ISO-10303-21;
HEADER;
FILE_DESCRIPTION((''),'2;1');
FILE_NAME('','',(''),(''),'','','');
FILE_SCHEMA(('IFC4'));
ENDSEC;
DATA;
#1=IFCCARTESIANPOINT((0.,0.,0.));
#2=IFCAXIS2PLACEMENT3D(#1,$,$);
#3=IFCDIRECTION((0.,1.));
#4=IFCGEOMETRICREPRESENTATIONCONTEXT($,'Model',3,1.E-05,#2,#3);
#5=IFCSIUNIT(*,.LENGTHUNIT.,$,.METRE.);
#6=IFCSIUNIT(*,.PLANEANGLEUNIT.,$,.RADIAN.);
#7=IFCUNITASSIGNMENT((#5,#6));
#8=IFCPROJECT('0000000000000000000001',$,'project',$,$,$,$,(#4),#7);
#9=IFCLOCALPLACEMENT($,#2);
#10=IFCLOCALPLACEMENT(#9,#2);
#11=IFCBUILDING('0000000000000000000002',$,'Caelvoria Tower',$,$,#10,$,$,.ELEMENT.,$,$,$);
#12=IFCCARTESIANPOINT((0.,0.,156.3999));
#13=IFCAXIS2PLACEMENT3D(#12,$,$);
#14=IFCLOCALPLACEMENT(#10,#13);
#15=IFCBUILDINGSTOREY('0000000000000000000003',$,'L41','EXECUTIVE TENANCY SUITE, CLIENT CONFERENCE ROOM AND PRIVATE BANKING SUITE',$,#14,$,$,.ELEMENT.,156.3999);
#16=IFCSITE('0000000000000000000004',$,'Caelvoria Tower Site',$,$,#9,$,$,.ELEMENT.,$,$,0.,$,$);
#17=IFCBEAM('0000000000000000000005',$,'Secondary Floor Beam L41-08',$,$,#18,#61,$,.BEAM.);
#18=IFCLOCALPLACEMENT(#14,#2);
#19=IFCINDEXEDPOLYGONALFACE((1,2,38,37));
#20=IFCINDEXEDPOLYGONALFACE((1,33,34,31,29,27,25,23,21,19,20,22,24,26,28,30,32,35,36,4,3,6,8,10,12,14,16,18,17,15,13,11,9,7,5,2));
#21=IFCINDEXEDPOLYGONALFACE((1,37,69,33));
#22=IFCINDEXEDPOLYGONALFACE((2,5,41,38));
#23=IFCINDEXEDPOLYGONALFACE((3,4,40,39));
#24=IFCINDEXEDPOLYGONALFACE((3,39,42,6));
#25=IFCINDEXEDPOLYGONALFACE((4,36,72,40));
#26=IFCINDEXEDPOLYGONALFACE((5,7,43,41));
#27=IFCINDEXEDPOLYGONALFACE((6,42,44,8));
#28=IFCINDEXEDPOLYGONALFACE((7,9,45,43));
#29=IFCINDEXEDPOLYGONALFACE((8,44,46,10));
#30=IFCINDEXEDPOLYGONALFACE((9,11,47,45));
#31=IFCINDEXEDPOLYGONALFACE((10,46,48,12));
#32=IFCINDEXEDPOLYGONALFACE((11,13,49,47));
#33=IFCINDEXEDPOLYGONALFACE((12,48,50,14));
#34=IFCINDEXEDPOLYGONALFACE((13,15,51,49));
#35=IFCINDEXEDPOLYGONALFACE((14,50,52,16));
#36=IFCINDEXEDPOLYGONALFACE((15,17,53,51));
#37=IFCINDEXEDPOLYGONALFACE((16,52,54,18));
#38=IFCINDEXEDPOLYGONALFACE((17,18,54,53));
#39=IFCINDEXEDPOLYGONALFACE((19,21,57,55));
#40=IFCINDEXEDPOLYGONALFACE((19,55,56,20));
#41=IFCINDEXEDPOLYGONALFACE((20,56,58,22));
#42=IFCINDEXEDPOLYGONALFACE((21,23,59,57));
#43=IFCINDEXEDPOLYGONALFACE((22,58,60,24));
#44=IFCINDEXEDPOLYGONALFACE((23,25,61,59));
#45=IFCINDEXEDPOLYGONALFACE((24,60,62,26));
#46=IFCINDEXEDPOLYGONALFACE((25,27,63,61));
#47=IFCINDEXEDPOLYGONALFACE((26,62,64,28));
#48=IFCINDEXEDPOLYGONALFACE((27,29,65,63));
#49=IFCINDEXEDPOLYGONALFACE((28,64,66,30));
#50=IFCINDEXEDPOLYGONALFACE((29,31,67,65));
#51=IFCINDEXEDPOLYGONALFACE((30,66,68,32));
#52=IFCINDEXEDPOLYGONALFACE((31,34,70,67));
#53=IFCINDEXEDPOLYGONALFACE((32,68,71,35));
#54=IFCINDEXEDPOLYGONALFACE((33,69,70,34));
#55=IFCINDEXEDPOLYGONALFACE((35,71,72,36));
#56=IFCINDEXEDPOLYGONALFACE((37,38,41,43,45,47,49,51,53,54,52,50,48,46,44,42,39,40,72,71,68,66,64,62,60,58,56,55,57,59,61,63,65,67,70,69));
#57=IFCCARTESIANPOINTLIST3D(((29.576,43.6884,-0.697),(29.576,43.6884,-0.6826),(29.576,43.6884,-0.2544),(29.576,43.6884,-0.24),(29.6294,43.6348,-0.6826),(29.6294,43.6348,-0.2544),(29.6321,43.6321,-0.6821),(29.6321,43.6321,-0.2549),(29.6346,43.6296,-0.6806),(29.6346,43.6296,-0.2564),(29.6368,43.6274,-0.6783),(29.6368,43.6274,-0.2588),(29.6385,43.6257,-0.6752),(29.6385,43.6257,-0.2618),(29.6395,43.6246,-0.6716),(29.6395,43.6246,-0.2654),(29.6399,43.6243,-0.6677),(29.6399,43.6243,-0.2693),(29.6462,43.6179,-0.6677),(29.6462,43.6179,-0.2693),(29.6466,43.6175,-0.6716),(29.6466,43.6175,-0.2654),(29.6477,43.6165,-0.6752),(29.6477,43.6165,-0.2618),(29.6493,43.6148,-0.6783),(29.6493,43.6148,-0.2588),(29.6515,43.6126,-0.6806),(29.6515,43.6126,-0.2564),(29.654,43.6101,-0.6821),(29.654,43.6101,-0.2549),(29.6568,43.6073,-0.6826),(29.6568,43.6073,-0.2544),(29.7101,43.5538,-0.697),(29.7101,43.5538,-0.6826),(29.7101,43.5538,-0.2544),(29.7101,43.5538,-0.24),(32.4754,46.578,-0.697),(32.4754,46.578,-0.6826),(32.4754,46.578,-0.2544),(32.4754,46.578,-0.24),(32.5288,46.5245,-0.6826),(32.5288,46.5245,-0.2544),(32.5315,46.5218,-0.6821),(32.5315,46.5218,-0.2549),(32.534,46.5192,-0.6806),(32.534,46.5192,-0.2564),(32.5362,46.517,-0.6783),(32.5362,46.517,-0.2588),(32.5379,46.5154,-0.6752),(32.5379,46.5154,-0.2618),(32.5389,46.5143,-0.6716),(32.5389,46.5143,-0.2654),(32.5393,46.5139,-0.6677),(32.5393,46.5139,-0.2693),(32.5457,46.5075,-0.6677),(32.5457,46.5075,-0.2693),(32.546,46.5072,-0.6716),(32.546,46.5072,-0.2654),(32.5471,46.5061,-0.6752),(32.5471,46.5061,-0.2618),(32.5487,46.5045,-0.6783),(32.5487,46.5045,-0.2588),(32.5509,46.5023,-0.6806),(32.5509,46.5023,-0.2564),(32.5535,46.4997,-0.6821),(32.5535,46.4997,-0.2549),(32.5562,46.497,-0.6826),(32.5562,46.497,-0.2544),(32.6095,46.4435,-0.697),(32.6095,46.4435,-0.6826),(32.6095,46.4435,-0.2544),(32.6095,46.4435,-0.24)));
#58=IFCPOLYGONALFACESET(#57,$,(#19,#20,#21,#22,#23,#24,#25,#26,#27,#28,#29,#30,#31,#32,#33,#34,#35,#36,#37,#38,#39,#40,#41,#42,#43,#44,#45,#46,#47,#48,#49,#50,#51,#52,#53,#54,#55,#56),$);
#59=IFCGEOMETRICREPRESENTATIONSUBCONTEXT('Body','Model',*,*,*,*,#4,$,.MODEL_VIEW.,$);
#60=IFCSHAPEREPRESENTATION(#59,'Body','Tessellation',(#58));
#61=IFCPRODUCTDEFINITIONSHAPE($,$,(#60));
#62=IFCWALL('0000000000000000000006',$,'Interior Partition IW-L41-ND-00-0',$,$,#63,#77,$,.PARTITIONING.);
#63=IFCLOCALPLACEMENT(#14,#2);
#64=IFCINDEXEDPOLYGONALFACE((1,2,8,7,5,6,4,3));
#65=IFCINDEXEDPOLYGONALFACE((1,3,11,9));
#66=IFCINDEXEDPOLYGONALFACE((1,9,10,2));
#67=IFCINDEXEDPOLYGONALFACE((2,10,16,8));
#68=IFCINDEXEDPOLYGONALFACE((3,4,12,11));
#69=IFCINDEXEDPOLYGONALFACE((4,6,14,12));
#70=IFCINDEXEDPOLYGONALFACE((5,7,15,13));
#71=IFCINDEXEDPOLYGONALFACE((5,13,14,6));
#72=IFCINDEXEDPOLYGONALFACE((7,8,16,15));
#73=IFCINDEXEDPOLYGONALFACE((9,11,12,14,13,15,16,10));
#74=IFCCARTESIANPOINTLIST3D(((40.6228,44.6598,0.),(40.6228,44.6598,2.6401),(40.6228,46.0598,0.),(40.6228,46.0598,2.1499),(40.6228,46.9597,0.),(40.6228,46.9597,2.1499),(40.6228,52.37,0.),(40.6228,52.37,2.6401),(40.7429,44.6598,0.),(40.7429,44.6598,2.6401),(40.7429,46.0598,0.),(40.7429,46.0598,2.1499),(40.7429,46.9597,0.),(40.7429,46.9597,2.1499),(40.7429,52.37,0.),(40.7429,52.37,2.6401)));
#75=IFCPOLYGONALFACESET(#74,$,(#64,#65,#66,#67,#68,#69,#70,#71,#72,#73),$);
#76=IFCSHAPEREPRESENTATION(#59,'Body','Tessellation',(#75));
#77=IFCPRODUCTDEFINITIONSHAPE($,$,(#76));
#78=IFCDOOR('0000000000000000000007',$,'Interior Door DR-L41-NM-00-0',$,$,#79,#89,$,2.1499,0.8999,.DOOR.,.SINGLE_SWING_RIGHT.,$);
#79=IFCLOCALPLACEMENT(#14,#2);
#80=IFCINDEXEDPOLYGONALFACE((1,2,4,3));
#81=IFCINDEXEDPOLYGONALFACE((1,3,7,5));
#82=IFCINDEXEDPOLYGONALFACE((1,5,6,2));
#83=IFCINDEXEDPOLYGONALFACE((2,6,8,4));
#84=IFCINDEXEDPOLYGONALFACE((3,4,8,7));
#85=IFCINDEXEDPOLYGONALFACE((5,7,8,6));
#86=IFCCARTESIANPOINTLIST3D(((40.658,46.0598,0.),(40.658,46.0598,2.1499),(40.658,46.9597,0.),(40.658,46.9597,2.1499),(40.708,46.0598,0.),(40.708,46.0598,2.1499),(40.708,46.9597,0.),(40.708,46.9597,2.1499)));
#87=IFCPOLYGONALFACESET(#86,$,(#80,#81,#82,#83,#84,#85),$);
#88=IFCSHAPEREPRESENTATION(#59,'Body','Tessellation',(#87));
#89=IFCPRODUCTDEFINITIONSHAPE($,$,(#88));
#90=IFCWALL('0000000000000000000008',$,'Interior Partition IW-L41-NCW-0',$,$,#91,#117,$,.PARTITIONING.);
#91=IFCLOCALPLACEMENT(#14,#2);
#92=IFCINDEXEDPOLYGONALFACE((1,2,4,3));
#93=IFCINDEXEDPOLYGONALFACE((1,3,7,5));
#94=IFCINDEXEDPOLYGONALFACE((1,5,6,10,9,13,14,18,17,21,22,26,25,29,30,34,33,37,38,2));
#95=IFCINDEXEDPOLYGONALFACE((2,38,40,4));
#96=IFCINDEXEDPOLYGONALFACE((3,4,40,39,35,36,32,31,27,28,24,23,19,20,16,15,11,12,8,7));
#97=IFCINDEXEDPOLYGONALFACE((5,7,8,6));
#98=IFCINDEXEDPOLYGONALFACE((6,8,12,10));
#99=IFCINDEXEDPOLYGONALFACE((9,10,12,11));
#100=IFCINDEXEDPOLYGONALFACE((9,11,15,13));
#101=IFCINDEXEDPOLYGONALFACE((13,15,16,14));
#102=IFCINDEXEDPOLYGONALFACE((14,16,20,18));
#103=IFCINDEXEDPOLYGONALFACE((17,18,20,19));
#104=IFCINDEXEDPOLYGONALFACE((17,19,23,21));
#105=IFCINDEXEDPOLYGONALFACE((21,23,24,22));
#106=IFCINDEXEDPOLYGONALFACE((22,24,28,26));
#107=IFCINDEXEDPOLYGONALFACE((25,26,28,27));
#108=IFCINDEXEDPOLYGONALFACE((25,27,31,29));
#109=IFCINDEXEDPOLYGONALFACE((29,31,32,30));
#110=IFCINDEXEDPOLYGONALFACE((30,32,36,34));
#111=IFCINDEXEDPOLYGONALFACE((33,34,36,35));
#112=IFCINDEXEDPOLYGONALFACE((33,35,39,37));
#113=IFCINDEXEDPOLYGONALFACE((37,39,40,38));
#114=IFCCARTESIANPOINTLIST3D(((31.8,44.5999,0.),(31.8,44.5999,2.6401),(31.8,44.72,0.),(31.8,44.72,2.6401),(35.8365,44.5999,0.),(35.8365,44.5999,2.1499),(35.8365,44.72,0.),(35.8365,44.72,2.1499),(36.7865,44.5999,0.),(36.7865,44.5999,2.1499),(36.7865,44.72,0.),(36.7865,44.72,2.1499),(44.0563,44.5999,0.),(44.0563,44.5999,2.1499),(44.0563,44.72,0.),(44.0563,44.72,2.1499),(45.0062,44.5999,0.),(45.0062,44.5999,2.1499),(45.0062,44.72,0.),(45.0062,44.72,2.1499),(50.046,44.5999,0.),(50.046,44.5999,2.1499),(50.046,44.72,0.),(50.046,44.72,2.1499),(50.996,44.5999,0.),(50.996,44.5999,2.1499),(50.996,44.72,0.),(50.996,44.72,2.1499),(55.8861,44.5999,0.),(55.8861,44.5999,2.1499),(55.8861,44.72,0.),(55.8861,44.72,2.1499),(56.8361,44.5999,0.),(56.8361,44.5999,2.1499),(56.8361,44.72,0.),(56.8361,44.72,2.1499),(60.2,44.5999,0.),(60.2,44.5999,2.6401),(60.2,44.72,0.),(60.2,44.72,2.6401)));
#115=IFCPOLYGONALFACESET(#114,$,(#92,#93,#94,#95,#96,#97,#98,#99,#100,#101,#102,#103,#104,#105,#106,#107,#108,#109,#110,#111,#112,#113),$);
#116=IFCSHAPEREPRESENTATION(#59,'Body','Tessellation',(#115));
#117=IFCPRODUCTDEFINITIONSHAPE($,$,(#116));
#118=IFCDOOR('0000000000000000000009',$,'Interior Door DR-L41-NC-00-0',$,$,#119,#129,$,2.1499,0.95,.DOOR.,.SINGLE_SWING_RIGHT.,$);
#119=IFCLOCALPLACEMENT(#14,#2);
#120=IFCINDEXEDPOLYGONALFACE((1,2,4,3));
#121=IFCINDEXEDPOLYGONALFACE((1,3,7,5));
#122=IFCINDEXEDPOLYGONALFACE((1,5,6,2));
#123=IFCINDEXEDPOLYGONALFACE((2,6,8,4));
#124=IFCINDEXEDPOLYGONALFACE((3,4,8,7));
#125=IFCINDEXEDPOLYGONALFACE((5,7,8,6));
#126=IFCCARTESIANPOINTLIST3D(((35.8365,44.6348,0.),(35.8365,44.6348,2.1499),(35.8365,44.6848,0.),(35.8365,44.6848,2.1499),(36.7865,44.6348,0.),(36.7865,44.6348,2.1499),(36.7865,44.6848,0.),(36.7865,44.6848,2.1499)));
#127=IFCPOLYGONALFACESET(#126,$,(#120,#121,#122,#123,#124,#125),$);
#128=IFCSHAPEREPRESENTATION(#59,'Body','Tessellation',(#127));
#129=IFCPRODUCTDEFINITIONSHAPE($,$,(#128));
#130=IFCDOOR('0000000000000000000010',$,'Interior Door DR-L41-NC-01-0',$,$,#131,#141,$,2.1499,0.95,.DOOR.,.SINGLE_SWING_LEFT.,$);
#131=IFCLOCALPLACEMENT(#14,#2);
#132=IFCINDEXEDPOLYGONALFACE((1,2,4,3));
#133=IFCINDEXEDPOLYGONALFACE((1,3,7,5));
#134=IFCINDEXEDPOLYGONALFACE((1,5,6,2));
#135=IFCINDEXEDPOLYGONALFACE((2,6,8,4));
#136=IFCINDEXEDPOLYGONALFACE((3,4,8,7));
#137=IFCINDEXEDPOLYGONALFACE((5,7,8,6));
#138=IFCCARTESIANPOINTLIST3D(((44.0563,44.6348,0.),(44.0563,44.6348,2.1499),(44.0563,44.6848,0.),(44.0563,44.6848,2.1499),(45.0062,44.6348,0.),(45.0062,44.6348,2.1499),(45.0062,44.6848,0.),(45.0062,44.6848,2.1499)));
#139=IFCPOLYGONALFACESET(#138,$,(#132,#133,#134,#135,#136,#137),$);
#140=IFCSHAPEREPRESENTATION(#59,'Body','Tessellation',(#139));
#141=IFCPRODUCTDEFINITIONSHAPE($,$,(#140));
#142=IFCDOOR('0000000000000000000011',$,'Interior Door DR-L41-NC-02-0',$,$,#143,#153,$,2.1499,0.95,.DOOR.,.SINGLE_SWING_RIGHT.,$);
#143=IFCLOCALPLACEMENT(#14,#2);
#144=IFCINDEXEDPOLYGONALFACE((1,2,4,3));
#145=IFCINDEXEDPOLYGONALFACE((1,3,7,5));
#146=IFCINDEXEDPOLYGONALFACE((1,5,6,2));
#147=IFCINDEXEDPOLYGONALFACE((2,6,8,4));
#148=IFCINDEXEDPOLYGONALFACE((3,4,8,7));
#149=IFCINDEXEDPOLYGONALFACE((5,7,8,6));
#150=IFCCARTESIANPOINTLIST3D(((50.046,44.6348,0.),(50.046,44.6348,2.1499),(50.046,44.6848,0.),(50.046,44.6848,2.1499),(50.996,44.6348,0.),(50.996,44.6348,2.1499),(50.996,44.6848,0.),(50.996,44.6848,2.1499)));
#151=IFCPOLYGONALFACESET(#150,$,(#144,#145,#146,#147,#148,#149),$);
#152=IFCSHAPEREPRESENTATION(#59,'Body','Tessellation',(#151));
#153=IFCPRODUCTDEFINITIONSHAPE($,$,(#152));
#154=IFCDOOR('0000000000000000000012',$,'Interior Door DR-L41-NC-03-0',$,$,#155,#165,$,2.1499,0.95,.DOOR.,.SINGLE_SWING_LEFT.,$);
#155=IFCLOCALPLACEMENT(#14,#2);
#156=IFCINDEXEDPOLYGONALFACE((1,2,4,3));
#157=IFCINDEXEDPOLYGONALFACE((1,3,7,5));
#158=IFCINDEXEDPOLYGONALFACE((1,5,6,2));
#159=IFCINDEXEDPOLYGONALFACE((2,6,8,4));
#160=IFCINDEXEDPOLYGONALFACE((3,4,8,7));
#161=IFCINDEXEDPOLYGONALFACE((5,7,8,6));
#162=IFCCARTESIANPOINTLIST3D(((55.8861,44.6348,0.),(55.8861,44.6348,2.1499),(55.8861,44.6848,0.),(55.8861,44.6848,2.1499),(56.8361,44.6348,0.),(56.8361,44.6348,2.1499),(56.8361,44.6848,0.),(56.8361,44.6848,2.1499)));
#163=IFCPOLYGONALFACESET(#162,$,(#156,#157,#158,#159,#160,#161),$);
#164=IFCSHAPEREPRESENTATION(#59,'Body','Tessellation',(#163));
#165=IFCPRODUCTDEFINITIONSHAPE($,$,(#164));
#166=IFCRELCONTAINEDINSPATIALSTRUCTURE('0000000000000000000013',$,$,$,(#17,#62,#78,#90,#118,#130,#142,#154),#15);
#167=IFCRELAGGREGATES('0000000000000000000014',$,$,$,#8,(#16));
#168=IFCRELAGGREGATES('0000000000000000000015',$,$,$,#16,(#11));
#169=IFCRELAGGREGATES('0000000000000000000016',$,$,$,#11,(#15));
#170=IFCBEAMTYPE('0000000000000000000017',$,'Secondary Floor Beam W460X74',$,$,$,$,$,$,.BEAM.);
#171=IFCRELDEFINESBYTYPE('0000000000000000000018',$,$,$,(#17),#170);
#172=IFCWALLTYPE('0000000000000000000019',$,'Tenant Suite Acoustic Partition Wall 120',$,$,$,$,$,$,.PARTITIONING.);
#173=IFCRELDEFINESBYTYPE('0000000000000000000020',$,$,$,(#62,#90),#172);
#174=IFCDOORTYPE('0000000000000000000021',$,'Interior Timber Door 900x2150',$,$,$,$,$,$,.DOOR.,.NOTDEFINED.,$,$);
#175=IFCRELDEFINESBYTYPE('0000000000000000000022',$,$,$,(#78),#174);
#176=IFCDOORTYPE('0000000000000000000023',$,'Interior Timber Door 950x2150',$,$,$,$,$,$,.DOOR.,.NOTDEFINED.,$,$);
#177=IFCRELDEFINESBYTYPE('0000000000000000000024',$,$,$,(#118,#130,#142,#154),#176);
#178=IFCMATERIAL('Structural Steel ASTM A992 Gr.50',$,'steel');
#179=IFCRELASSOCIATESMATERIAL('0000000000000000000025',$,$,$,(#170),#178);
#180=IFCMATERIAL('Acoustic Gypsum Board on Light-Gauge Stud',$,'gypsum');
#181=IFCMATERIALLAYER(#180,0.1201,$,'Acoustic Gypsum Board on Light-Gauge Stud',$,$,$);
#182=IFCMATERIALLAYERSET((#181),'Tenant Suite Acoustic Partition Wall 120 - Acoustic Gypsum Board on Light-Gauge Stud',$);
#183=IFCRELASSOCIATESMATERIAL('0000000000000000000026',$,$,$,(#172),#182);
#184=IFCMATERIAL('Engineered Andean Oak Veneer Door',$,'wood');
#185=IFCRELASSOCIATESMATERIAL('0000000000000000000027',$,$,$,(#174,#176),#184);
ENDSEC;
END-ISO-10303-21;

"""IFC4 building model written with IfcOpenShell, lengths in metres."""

from ifc_helpers import new_model, si_unit, direction, frame, frame_2d, origin, origin_2d, place, context, subcontext, project, spatial, rectangle, i_section, extrude, material, layer, layer_set, material_profile, profile_set, type_object, element, fill, save


model = new_model("IFC4")

# Units and contexts
model_context = context("Model", 3, precision=1e-05, world=origin(), true_north=direction((0.0, 1.0)))
body_context = subcontext(model_context, "Body", "Model", "MODEL_VIEW")
ifc_project = project(units=[si_unit("LENGTHUNIT", "METRE"), si_unit("PLANEANGLEUNIT", "RADIAN")], contexts=[model_context])

# Site, building, storey
site_placement = place(None, origin())
site = spatial("IfcSite", under=ifc_project, at=site_placement, Name="Caelvoria Tower Site", CompositionType="ELEMENT", RefElevation=0.0)
building_placement = place(site_placement, origin())
building = spatial("IfcBuilding", under=site, at=building_placement, Name="Caelvoria Tower", CompositionType="ELEMENT")
storey_placement = place(building_placement, frame((0.0, 0.0, 156.3999)))
storey = spatial("IfcBuildingStorey", under=building, at=storey_placement, Name="L41", Description="EXECUTIVE TENANCY SUITE, CLIENT CONFERENCE ROOM AND PRIVATE BANKING SUITE", CompositionType="ELEMENT", Elevation=156.3999)

# Beam
ifc_material_1 = material(Name="Structural Steel ASTM A992 Gr.50", Category="steel")
ifc_material_profile = material_profile(ifc_material_1, i_section(OverallWidth=0.1899, OverallDepth=0.457, WebThickness=0.009, FlangeThickness=0.0144, FilletRadius=0.0149, at=origin_2d()), Name="Structural Steel ASTM A992 Gr.50")
ifc_profile_set = profile_set([ifc_material_profile], Name="W460X74 - Structural Steel ASTM A992 Gr.50")
beam_type = type_object("IfcBeamType", Name="Secondary Floor Beam W460X74", PredefinedType="BEAM", material=ifc_profile_set)
beam_placement = place(storey_placement, frame((32.5425, 46.5107, -0.4685), z_axis=(-0.708299, -0.705913, 0.0), x_axis=(0.705913, -0.708299, 0.0)))
element("IfcBeam", 1, at=beam_placement, inside=storey, type_object=beam_type, Name="Secondary Floor Beam L41-08", PredefinedType="BEAM", context=body_context, shape_type="SweptSolid", body=[
    extrude(i_section(OverallWidth=0.1899, OverallDepth=0.457, WebThickness=0.009, FlangeThickness=0.0144, FilletRadius=0.0149, at=origin_2d()), origin(), (0.0, 0.0, 1.0), 4.0935),
])

# Wall, opening, door
ifc_material_2 = material(Name="Acoustic Gypsum Board on Light-Gauge Stud", Category="gypsum")
ifc_layer_1 = layer(ifc_material_2, 0.1201, Name="Acoustic Gypsum Board on Light-Gauge Stud")
ifc_layer_set_1 = layer_set([ifc_layer_1], Name="Tenant Suite Acoustic Partition Wall 120 - Acoustic Gypsum Board on Light-Gauge Stud")
wall_type = type_object("IfcWallType", Name="Tenant Suite Acoustic Partition Wall 120", PredefinedType="PARTITIONING", material=ifc_layer_set_1)
wall_1_placement = place(storey_placement, frame((40.6829, 44.6599, 0.0), z_axis=(0.0, 0.0, 1.0), x_axis=(0.0, 1.0, 0.0)))
wall_1 = element("IfcWall", 2, at=wall_1_placement, inside=storey, type_object=wall_type, Name="Interior Partition IW-L41-ND-00-0", PredefinedType="PARTITIONING", context=body_context, shape_type="SweptSolid", body=[
    extrude(rectangle(XDim=7.7102, YDim=0.1201, at=frame_2d((3.855, 0.0))), origin(), (0.0, 0.0, 1.0), 2.6401),
])
opening_1_placement = place(wall_1_placement, frame((1.3999, 0.0, 0.0)))
opening_1 = element("IfcOpeningElement", 3, at=opening_1_placement, cuts=wall_1, PredefinedType="OPENING", context=body_context, shape_type="SweptSolid", body=[
    extrude(rectangle(XDim=0.8999, YDim=2.1499, at=frame_2d((0.45, 1.075))), frame((0.0, 0.0701, 0.0), z_axis=(0.0, -1.0, 0.0), x_axis=(1.0, 0.0, 0.0)), (0.0, 0.0, 1.0), 0.1401),
])
ifc_material_3 = material(Name="Engineered Andean Oak Veneer Door", Category="wood")
door_type_1 = type_object("IfcDoorType", Name="Interior Timber Door 900x2150", OperationType="NOTDEFINED", PredefinedType="DOOR", material=ifc_material_3)
door_1_placement = place(opening_1_placement, origin())
door_1 = element("IfcDoor", 4, at=door_1_placement, inside=storey, type_object=door_type_1, Name="Interior Door DR-L41-NM-00-0", OperationType="SINGLE_SWING_RIGHT", OverallHeight=2.1499, OverallWidth=0.8999, PredefinedType="DOOR", context=body_context, shape_type="SweptSolid", body=[
    extrude(rectangle(XDim=0.8999, YDim=2.1499, at=frame_2d((0.45, 1.075))), frame((0.0, 0.0249, 0.0), z_axis=(0.0, -1.0, 0.0), x_axis=(1.0, 0.0, 0.0)), (0.0, 0.0, 1.0), 0.05),
])
fill(opening_1, door_1)

# Wall, openings, doors
wall_2_placement = place(storey_placement, frame((31.8, 44.6599, 0.0), z_axis=(0.0, 0.0, 1.0), x_axis=(1.0, 0.0, 0.0)))
wall_2 = element("IfcWall", 5, at=wall_2_placement, inside=storey, type_object=wall_type, Name="Interior Partition IW-L41-NCW-0", PredefinedType="PARTITIONING", context=body_context, shape_type="SweptSolid", body=[
    extrude(rectangle(XDim=28.3999, YDim=0.1201, at=frame_2d((14.2, 0.0))), origin(), (0.0, 0.0, 1.0), 2.6401),
])
opening_2_placement = place(wall_2_placement, frame((4.0364, 0.0, 0.0)))
opening_2 = element("IfcOpeningElement", 6, at=opening_2_placement, cuts=wall_2, PredefinedType="OPENING", context=body_context, shape_type="SweptSolid", body=[
    extrude(rectangle(XDim=0.95, YDim=2.1499, at=frame_2d((0.4751, 1.075))), frame((0.0, 0.0701, 0.0), z_axis=(0.0, -1.0, 0.0), x_axis=(1.0, 0.0, 0.0)), (0.0, 0.0, 1.0), 0.1401),
])
opening_3_placement = place(wall_2_placement, frame((12.2561, 0.0, 0.0)))
opening_3 = element("IfcOpeningElement", 7, at=opening_3_placement, cuts=wall_2, PredefinedType="OPENING", context=body_context, shape_type="SweptSolid", body=[
    extrude(rectangle(XDim=0.95, YDim=2.1499, at=frame_2d((0.4751, 1.075))), frame((0.0, 0.0701, 0.0), z_axis=(0.0, -1.0, 0.0), x_axis=(1.0, 0.0, 0.0)), (0.0, 0.0, 1.0), 0.1401),
])
opening_4_placement = place(wall_2_placement, frame((18.2458, 0.0, 0.0)))
opening_4 = element("IfcOpeningElement", 8, at=opening_4_placement, cuts=wall_2, PredefinedType="OPENING", context=body_context, shape_type="SweptSolid", body=[
    extrude(rectangle(XDim=0.95, YDim=2.1499, at=frame_2d((0.4751, 1.075))), frame((0.0, 0.0701, 0.0), z_axis=(0.0, -1.0, 0.0), x_axis=(1.0, 0.0, 0.0)), (0.0, 0.0, 1.0), 0.1401),
])
opening_5_placement = place(wall_2_placement, frame((24.0859, 0.0, 0.0)))
opening_5 = element("IfcOpeningElement", 9, at=opening_5_placement, cuts=wall_2, PredefinedType="OPENING", context=body_context, shape_type="SweptSolid", body=[
    extrude(rectangle(XDim=0.95, YDim=2.1499, at=frame_2d((0.4751, 1.075))), frame((0.0, 0.0701, 0.0), z_axis=(0.0, -1.0, 0.0), x_axis=(1.0, 0.0, 0.0)), (0.0, 0.0, 1.0), 0.1401),
])
door_type_2 = type_object("IfcDoorType", Name="Interior Timber Door 950x2150", OperationType="NOTDEFINED", PredefinedType="DOOR", material=ifc_material_3)
door_2_placement = place(opening_2_placement, origin())
door_2 = element("IfcDoor", 10, at=door_2_placement, inside=storey, type_object=door_type_2, Name="Interior Door DR-L41-NC-00-0", OperationType="SINGLE_SWING_RIGHT", OverallHeight=2.1499, OverallWidth=0.95, PredefinedType="DOOR", context=body_context, shape_type="SweptSolid", body=[
    extrude(rectangle(XDim=0.95, YDim=2.1499, at=frame_2d((0.4751, 1.075))), frame((0.0, 0.0249, 0.0), z_axis=(0.0, -1.0, 0.0), x_axis=(1.0, 0.0, 0.0)), (0.0, 0.0, 1.0), 0.05),
])
fill(opening_2, door_2)
door_3_placement = place(opening_3_placement, origin())
door_3 = element("IfcDoor", 11, at=door_3_placement, inside=storey, type_object=door_type_2, Name="Interior Door DR-L41-NC-01-0", OperationType="SINGLE_SWING_LEFT", OverallHeight=2.1499, OverallWidth=0.95, PredefinedType="DOOR", context=body_context, shape_type="SweptSolid", body=[
    extrude(rectangle(XDim=0.95, YDim=2.1499, at=frame_2d((0.4751, 1.075))), frame((0.0, 0.0249, 0.0), z_axis=(0.0, -1.0, 0.0), x_axis=(1.0, 0.0, 0.0)), (0.0, 0.0, 1.0), 0.05),
])
fill(opening_3, door_3)
door_4_placement = place(opening_4_placement, origin())
door_4 = element("IfcDoor", 12, at=door_4_placement, inside=storey, type_object=door_type_2, Name="Interior Door DR-L41-NC-02-0", OperationType="SINGLE_SWING_RIGHT", OverallHeight=2.1499, OverallWidth=0.95, PredefinedType="DOOR", context=body_context, shape_type="SweptSolid", body=[
    extrude(rectangle(XDim=0.95, YDim=2.1499, at=frame_2d((0.4751, 1.075))), frame((0.0, 0.0249, 0.0), z_axis=(0.0, -1.0, 0.0), x_axis=(1.0, 0.0, 0.0)), (0.0, 0.0, 1.0), 0.05),
])
fill(opening_4, door_4)
door_5_placement = place(opening_5_placement, origin())
door_5 = element("IfcDoor", 13, at=door_5_placement, inside=storey, type_object=door_type_2, Name="Interior Door DR-L41-NC-03-0", OperationType="SINGLE_SWING_LEFT", OverallHeight=2.1499, OverallWidth=0.95, PredefinedType="DOOR", context=body_context, shape_type="SweptSolid", body=[
    extrude(rectangle(XDim=0.95, YDim=2.1499, at=frame_2d((0.4751, 1.075))), frame((0.0, 0.0249, 0.0), z_axis=(0.0, -1.0, 0.0), x_axis=(1.0, 0.0, 0.0)), (0.0, 0.0, 1.0), 0.05),
])
fill(opening_5, door_5)

save(model, "model.ifc")
